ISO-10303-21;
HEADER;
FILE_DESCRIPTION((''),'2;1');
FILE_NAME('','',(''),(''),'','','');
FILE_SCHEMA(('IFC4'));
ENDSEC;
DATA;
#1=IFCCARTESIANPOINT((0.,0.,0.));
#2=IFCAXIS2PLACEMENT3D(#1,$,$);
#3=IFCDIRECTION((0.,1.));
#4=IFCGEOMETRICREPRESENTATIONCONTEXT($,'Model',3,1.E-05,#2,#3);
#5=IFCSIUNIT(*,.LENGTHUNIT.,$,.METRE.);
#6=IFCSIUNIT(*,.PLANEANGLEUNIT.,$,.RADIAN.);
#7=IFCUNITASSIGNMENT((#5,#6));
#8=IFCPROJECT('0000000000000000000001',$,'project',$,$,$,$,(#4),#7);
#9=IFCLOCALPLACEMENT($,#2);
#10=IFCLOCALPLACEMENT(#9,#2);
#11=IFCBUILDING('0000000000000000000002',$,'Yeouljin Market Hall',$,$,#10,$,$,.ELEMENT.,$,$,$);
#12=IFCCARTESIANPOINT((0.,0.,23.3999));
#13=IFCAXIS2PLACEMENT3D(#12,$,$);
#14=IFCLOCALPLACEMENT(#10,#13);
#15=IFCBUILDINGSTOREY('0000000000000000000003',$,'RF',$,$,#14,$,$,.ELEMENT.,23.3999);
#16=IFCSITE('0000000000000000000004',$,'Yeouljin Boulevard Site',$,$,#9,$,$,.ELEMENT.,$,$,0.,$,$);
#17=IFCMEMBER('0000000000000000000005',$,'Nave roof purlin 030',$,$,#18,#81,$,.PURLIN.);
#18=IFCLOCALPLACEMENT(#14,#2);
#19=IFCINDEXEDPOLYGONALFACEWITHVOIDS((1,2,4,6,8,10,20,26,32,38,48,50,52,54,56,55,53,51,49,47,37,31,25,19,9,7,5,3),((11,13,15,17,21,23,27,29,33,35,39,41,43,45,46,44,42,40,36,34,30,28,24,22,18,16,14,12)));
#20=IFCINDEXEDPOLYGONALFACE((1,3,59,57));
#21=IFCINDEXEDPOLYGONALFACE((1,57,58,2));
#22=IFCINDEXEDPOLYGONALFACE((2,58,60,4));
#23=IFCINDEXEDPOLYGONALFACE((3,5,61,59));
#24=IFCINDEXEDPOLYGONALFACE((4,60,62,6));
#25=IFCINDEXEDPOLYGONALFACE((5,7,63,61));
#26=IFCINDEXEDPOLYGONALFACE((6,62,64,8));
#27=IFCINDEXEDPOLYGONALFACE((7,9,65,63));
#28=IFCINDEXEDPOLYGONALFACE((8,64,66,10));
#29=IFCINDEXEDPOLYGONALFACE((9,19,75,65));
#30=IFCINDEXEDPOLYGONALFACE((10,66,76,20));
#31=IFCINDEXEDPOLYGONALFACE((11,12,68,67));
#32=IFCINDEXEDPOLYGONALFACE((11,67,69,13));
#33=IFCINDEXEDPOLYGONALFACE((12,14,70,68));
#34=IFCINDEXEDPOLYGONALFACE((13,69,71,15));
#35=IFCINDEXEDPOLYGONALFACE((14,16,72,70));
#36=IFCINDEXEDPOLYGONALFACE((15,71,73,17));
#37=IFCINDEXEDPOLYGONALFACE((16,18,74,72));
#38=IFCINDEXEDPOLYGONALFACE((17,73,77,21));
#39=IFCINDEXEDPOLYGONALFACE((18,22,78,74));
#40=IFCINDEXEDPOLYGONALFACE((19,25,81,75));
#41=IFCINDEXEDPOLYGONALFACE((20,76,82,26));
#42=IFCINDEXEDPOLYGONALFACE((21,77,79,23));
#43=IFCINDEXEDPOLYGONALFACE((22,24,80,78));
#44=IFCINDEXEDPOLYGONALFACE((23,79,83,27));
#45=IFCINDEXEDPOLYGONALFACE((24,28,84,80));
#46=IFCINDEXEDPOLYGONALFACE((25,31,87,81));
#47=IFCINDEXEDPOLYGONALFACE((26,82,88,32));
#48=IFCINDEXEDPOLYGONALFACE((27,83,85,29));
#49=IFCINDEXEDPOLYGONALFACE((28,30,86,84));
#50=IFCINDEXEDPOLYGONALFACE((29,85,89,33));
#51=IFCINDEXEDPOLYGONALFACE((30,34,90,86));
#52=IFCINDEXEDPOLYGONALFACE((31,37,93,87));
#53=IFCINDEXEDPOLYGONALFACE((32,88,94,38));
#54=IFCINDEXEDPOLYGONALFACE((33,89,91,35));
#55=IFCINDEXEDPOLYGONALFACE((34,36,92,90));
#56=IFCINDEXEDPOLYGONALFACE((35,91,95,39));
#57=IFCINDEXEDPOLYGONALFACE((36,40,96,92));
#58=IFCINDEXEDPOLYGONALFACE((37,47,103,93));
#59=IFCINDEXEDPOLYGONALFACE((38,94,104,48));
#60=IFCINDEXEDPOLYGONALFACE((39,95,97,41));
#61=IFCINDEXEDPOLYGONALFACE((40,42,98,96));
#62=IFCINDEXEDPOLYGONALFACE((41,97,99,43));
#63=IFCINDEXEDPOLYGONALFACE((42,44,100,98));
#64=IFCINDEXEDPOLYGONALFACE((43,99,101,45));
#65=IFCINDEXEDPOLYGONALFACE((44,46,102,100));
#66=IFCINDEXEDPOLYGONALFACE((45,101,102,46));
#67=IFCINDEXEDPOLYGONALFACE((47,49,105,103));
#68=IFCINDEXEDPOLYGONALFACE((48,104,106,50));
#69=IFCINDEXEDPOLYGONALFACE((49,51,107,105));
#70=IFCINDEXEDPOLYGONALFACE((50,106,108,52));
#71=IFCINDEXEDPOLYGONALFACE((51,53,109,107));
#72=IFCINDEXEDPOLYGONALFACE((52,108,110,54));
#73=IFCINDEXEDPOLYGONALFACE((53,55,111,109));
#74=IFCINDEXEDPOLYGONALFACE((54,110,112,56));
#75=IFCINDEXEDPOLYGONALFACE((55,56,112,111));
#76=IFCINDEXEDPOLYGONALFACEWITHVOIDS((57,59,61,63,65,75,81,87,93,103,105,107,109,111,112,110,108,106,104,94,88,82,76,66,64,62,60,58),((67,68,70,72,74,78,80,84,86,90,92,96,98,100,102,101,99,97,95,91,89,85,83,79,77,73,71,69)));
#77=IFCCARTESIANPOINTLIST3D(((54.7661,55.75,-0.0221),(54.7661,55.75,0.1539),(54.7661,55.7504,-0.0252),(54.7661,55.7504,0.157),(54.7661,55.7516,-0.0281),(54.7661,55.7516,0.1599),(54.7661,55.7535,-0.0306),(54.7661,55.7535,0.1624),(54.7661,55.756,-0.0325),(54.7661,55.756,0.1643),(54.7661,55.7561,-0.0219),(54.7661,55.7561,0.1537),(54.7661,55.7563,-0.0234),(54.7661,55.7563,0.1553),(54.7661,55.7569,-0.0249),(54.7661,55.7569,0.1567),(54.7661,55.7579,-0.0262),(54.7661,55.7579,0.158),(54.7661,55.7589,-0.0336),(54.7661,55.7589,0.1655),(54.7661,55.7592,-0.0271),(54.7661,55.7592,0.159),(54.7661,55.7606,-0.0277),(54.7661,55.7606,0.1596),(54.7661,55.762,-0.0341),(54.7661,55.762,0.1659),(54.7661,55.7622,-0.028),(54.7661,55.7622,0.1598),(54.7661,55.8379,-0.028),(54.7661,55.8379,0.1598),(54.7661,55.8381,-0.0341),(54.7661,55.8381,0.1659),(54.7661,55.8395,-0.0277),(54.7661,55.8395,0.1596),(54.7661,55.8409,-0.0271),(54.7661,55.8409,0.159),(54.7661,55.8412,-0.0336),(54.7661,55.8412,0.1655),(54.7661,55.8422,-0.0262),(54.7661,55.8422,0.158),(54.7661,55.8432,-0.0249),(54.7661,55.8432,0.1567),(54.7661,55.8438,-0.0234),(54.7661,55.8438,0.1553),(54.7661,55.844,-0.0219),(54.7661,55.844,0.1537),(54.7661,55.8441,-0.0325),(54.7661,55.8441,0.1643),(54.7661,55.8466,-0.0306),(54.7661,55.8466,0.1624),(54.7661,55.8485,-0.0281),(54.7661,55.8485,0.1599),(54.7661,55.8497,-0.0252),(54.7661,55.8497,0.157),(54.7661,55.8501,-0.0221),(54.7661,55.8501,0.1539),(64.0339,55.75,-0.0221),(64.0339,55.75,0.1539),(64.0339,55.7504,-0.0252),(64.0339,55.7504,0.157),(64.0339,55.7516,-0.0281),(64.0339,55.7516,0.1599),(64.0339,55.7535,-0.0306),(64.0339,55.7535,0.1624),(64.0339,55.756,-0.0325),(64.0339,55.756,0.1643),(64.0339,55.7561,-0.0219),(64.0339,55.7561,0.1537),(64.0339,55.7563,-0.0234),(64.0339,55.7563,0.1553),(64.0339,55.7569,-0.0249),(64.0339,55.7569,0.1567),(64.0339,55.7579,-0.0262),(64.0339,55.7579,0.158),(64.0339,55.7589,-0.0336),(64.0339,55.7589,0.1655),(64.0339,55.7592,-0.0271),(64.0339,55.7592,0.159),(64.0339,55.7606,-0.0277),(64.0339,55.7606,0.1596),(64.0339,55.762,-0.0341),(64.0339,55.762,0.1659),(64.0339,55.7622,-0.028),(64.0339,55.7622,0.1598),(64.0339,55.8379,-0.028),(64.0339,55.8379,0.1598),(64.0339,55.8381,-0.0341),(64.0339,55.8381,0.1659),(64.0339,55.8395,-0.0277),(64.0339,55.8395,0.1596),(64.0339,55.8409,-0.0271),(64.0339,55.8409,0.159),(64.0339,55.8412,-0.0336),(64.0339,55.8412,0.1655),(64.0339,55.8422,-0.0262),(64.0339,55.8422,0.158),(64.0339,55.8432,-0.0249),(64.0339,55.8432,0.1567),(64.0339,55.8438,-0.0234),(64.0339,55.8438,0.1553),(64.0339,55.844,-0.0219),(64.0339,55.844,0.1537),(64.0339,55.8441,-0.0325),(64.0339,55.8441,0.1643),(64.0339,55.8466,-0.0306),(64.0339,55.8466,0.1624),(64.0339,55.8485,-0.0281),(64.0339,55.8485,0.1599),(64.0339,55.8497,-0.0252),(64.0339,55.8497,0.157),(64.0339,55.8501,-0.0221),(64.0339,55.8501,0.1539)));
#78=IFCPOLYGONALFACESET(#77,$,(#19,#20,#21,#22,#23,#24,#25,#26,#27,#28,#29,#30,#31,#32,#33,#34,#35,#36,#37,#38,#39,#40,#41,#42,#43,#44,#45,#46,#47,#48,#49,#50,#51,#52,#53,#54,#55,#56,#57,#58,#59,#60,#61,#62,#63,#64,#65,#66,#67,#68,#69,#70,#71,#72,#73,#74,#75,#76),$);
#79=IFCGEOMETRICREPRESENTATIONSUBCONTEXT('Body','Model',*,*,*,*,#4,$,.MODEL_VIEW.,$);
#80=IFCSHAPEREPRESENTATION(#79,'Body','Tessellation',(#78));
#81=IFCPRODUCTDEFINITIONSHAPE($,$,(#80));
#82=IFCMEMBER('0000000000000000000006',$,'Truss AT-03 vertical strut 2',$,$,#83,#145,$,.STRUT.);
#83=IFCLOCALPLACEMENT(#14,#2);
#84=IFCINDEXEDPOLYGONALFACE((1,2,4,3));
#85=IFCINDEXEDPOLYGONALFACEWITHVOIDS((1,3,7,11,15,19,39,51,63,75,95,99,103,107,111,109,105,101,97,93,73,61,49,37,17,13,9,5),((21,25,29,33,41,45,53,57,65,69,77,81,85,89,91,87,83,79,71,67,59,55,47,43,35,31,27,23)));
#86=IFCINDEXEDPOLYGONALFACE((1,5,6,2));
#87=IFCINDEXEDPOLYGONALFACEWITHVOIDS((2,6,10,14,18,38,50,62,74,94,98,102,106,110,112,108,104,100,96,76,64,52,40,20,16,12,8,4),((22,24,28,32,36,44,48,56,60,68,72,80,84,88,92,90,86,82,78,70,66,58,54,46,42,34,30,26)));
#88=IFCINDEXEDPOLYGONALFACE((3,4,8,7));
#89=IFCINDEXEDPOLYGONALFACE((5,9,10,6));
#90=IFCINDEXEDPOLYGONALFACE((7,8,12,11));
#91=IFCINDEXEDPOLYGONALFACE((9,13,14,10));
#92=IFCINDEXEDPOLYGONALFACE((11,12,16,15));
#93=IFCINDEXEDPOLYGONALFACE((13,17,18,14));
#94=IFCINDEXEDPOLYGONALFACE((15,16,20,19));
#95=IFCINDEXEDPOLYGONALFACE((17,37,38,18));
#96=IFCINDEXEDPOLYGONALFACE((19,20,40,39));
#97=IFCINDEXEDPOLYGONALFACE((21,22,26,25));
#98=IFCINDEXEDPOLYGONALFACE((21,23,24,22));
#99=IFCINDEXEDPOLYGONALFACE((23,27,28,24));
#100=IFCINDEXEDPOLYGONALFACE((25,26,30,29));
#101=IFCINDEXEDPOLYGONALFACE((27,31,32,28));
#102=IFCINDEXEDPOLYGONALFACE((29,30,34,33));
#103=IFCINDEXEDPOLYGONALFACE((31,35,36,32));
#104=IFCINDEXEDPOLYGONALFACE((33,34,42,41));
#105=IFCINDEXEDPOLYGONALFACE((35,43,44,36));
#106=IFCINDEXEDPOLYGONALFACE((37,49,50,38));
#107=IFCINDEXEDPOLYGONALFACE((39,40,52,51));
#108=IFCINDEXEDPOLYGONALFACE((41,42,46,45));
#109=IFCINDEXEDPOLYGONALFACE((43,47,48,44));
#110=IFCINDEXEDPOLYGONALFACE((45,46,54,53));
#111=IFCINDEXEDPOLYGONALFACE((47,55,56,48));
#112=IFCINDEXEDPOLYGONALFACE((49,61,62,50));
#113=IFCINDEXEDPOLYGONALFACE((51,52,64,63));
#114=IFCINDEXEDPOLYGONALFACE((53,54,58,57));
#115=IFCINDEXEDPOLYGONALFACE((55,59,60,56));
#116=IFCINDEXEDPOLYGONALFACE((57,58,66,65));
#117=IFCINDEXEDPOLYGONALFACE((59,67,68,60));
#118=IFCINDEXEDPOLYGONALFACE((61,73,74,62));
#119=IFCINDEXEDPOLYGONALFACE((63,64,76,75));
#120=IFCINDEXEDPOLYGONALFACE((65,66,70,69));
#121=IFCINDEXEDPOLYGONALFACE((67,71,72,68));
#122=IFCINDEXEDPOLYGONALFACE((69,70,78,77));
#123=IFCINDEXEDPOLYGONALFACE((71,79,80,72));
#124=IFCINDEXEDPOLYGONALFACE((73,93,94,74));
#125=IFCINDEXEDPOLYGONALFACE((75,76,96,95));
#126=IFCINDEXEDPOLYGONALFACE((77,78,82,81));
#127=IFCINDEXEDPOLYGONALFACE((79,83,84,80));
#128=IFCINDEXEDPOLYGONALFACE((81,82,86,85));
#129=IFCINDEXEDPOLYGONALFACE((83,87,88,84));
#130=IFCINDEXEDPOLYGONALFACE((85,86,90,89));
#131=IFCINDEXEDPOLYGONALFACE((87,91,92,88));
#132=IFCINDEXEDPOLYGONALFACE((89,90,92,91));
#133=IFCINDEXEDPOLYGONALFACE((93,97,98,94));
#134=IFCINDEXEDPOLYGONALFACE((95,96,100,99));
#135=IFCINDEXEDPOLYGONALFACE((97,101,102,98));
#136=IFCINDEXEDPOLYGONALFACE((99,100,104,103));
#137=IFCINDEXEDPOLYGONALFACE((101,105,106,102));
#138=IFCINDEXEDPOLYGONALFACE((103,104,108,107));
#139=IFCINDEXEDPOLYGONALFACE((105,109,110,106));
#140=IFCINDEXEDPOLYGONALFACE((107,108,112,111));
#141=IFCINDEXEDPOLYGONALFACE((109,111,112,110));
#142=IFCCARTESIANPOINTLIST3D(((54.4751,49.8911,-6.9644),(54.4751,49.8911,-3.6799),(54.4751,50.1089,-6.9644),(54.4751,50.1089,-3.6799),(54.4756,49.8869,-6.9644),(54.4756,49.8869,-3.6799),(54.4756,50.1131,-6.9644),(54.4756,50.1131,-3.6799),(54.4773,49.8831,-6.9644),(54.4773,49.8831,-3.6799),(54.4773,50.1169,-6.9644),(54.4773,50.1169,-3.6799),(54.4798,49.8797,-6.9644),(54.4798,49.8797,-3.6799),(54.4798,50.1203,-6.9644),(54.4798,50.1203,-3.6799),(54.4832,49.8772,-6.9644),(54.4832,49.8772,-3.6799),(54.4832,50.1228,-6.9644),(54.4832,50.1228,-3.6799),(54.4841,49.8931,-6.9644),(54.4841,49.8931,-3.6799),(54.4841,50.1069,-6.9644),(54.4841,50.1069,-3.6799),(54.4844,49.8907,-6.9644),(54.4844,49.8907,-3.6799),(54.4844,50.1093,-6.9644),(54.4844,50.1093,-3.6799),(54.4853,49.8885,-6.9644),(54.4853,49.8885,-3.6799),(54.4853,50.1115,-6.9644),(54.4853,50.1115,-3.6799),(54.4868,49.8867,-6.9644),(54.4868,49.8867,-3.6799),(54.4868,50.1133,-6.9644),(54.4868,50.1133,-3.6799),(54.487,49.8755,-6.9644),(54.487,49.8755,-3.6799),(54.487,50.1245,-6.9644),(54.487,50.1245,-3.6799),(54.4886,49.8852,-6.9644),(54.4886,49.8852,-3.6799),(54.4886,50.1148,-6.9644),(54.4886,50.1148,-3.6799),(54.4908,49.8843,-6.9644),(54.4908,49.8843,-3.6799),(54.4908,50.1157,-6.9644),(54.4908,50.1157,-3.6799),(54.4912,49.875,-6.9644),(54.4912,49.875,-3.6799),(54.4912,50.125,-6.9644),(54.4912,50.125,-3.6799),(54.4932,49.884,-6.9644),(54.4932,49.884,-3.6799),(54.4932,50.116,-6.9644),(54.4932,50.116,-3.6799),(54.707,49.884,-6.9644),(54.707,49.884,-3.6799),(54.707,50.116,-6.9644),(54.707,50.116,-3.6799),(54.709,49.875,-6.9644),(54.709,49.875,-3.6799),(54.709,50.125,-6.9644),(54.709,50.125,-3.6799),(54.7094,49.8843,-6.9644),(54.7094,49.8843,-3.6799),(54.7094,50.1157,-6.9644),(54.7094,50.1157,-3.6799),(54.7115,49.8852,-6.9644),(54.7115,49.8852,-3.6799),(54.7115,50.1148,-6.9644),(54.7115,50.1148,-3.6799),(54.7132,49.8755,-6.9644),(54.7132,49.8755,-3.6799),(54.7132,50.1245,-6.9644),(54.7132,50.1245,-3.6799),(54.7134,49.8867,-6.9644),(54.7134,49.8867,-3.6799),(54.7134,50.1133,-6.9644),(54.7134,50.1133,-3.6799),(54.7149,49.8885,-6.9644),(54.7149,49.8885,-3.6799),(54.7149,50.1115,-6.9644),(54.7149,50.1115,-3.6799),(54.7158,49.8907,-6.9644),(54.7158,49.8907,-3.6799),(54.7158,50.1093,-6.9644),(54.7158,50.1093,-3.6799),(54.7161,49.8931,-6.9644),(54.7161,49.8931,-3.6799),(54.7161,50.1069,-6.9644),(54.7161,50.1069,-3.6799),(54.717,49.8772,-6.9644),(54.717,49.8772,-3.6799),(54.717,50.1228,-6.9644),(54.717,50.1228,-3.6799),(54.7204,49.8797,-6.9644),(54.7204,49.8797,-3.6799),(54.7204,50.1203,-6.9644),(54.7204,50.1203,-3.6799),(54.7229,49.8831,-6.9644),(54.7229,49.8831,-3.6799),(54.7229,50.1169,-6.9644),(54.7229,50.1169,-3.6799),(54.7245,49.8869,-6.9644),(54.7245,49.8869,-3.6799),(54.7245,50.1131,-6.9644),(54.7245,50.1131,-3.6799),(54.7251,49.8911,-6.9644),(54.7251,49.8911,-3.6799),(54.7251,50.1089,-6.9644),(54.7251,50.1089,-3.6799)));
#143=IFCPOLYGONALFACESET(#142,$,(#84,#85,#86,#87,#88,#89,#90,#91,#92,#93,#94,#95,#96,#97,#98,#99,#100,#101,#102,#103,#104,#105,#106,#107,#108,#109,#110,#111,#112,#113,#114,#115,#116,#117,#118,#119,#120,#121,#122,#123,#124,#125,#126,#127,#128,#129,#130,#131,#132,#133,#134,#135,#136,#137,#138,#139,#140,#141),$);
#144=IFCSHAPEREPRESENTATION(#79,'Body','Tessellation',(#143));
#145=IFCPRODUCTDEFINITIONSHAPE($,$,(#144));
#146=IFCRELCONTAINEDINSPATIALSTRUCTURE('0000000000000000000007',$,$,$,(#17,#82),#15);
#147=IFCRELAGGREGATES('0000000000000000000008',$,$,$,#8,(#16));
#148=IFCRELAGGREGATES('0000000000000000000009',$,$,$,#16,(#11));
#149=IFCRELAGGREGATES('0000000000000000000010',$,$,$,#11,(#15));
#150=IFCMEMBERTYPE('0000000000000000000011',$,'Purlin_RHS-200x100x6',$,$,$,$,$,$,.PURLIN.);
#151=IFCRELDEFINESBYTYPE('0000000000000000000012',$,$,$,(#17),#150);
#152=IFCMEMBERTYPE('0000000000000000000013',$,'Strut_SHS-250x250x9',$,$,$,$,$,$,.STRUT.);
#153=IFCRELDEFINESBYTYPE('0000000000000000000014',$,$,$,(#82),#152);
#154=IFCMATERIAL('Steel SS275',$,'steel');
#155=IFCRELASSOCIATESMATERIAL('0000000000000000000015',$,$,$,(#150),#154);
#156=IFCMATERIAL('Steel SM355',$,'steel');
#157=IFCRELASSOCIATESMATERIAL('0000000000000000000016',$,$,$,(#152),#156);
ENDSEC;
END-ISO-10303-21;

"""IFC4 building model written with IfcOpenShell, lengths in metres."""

from ifc_helpers import new_model, si_unit, direction, frame, origin, origin_2d, place, context, subcontext, project, spatial, hollow_rectangle, extrude, material, material_profile, profile_set, type_object, element, save


model = new_model("IFC4")

# Units and contexts
model_context = context("Model", 3, precision=1e-05, world=origin(), true_north=direction((0.0, 1.0)))
body_context = subcontext(model_context, "Body", "Model", "MODEL_VIEW")
ifc_project = project(units=[si_unit("LENGTHUNIT", "METRE"), si_unit("PLANEANGLEUNIT", "RADIAN")], contexts=[model_context])

# Site, building, storey
site_placement = place(None, origin())
site = spatial("IfcSite", under=ifc_project, at=site_placement, Name="Yeouljin Boulevard Site", CompositionType="ELEMENT", RefElevation=0.0)
building_placement = place(site_placement, origin())
building = spatial("IfcBuilding", under=site, at=building_placement, Name="Yeouljin Market Hall", CompositionType="ELEMENT")
storey_placement = place(building_placement, frame((0.0, 0.0, 23.3999)))
storey = spatial("IfcBuildingStorey", under=building, at=storey_placement, Name="RF", CompositionType="ELEMENT", Elevation=23.3999)

# Members
ifc_material_1 = material(Name="Steel SS275", Category="steel")
ifc_material_profile_1 = material_profile(ifc_material_1, hollow_rectangle(XDim=0.1001, YDim=0.2, WallThickness=0.0061, InnerFilletRadius=0.0061, OuterFilletRadius=0.012, at=origin_2d()), Name="RHS-200x100x6")
ifc_profile_set_1 = profile_set([ifc_material_profile_1], Name="Steel SS275")
member_type_1 = type_object("IfcMemberType", Name="Purlin_RHS-200x100x6", PredefinedType="PURLIN", material=ifc_profile_set_1)
for number, where, z_axis, x_axis, name in (
    (1, (54.7661, 55.8, 0.0659), (1.0, 0.0, 0.0), (0.0, 1.0, 0.0), "Nave roof purlin 030"),
):
    element("IfcMember", number, at=place(storey_placement, frame(where, z_axis=z_axis, x_axis=x_axis)), inside=storey, type_object=member_type_1, Name=name, PredefinedType="PURLIN", context=body_context, shape_type="SweptSolid", body=[
        extrude(hollow_rectangle(XDim=0.1001, YDim=0.2, WallThickness=0.0061, InnerFilletRadius=0.0061, OuterFilletRadius=0.012, at=origin_2d()), origin(), (0.0, 0.0, 1.0), 9.2678),
    ])
ifc_material_2 = material(Name="Steel SM355", Category="steel")
ifc_material_profile_2 = material_profile(ifc_material_2, hollow_rectangle(XDim=0.25, YDim=0.25, WallThickness=0.009, InnerFilletRadius=0.009, OuterFilletRadius=0.0161, at=origin_2d()), Name="SHS-250x250x9")
ifc_profile_set_2 = profile_set([ifc_material_profile_2], Name="Steel SM355")
member_type_2 = type_object("IfcMemberType", Name="Strut_SHS-250x250x9", PredefinedType="STRUT", material=ifc_profile_set_2)
for number, where, z_axis, x_axis, name in (
    (2, (54.6001, 50.0, -6.9644), (0.0, 0.0, 1.0), (1.0, 0.0, 0.0), "Truss AT-03 vertical strut 2"),
):
    element("IfcMember", number, at=place(storey_placement, frame(where, z_axis=z_axis, x_axis=x_axis)), inside=storey, type_object=member_type_2, Name=name, PredefinedType="STRUT", context=body_context, shape_type="SweptSolid", body=[
        extrude(hollow_rectangle(XDim=0.25, YDim=0.25, WallThickness=0.009, InnerFilletRadius=0.009, OuterFilletRadius=0.0161, at=origin_2d()), origin(), (0.0, 0.0, 1.0), 3.2844),
    ])

save(model, "model.ifc")
